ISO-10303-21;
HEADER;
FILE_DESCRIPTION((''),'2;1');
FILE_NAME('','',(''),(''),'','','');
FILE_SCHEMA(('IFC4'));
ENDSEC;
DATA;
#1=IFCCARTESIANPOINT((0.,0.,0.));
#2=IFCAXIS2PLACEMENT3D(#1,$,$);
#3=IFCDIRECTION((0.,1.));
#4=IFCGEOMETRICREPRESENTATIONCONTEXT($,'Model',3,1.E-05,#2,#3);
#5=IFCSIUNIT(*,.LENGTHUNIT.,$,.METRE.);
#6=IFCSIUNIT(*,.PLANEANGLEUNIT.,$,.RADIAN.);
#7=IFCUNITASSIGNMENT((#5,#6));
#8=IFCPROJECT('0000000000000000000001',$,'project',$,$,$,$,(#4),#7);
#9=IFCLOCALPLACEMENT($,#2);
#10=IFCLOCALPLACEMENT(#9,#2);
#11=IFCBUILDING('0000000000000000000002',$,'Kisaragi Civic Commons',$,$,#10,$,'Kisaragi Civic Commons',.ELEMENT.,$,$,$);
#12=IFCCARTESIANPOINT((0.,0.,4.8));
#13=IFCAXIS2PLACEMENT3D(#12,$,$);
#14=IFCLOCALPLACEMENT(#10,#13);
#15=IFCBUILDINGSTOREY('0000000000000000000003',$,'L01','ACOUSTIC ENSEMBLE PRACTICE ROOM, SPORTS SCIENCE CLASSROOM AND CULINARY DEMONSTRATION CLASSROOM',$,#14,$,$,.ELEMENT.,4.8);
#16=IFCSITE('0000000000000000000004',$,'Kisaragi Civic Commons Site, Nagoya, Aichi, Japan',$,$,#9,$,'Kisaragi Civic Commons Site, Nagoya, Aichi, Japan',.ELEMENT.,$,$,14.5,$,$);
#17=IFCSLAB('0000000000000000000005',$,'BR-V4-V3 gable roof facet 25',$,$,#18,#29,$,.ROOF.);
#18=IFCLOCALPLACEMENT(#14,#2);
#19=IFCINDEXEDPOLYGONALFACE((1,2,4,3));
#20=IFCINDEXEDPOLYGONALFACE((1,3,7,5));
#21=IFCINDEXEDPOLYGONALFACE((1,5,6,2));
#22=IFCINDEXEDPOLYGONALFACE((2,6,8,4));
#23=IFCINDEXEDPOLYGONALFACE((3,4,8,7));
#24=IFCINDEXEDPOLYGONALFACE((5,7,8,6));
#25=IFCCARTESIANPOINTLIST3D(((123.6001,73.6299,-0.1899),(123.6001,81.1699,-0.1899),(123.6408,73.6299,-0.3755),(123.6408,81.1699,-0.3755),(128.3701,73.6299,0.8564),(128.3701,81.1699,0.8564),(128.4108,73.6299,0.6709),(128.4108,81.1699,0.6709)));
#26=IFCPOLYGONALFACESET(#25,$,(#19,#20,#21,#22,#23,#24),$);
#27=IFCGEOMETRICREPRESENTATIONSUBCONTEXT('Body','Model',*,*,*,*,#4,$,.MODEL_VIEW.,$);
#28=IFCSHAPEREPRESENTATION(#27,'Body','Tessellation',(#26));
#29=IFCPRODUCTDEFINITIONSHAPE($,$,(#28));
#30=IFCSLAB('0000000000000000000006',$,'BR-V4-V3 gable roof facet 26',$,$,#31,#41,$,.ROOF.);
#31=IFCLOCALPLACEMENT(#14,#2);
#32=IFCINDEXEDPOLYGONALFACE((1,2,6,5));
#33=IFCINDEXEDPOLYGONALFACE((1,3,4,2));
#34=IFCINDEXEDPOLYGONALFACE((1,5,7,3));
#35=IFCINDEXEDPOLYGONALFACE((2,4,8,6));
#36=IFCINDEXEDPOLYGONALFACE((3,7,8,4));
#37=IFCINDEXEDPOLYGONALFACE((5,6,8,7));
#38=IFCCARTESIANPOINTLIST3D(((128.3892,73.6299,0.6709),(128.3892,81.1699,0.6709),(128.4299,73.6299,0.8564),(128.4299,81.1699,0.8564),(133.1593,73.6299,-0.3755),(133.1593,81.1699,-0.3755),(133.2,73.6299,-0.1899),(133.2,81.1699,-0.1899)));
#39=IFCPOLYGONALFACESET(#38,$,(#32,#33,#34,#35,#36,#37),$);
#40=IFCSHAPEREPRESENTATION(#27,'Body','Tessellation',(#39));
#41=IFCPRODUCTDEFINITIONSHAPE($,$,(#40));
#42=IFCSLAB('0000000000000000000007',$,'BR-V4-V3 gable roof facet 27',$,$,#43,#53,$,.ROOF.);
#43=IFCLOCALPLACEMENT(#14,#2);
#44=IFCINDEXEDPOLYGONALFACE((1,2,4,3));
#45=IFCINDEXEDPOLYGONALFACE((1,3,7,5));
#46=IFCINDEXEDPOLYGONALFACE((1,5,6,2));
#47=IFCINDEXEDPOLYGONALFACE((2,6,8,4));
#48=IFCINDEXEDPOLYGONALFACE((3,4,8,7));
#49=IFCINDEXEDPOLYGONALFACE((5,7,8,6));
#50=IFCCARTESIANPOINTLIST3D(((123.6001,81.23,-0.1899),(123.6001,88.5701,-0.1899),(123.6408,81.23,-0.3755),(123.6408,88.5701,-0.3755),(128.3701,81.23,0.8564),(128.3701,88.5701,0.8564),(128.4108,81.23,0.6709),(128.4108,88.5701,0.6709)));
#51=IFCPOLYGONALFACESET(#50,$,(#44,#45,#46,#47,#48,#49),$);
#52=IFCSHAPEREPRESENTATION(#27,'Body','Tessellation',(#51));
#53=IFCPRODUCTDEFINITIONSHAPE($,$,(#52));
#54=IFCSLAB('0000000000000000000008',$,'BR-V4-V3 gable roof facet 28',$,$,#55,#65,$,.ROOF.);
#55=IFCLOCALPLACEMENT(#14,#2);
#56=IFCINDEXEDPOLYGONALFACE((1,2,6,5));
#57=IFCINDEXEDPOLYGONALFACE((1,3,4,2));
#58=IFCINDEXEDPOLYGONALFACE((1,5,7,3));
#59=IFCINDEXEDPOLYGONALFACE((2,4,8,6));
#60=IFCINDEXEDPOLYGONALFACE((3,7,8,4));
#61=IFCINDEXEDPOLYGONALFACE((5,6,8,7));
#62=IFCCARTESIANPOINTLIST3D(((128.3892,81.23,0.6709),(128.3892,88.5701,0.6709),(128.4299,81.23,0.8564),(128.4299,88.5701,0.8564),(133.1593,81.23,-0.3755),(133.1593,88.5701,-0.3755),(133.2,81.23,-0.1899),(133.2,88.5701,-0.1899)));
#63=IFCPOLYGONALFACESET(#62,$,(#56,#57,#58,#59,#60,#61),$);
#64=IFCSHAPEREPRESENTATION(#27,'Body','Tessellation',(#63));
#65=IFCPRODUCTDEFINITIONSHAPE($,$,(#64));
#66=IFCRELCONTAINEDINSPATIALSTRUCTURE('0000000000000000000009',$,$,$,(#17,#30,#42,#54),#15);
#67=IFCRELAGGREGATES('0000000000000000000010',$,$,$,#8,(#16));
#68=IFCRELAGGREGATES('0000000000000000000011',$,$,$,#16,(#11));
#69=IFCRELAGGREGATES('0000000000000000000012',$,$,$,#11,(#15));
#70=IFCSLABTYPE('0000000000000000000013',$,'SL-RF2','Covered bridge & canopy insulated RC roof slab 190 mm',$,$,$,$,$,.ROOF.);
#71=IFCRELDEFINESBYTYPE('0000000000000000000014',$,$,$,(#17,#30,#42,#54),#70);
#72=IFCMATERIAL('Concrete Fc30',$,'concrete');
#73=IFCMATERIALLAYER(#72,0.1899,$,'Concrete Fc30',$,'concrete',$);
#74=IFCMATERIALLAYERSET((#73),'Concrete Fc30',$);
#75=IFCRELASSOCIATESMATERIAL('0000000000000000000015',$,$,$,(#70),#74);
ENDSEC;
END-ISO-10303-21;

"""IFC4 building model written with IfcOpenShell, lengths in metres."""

from ifc_helpers import new_model, si_unit, direction, frame, origin, place, context, subcontext, project, spatial, polyline, outline, extrude, material, layer, layer_set, type_object, element, save


model = new_model("IFC4")

# Units and contexts
model_context = context("Model", 3, precision=1e-05, world=origin(), true_north=direction((0.0, 1.0)))
body_context = subcontext(model_context, "Body", "Model", "MODEL_VIEW")
ifc_project = project(units=[si_unit("LENGTHUNIT", "METRE"), si_unit("PLANEANGLEUNIT", "RADIAN")], contexts=[model_context])

# Site, building, storey
site_placement = place(None, origin())
site = spatial("IfcSite", under=ifc_project, at=site_placement, Name="Kisaragi Civic Commons Site, Nagoya, Aichi, Japan", LongName="Kisaragi Civic Commons Site, Nagoya, Aichi, Japan", CompositionType="ELEMENT", RefElevation=14.5)
building_placement = place(site_placement, origin())
building = spatial("IfcBuilding", under=site, at=building_placement, Name="Kisaragi Civic Commons", LongName="Kisaragi Civic Commons", CompositionType="ELEMENT")
storey_placement = place(building_placement, frame((0.0, 0.0, 4.8)))
storey = spatial("IfcBuildingStorey", under=building, at=storey_placement, Name="L01", Description="ACOUSTIC ENSEMBLE PRACTICE ROOM, SPORTS SCIENCE CLASSROOM AND CULINARY DEMONSTRATION CLASSROOM", CompositionType="ELEMENT", Elevation=4.8)

# Slabs
ifc_material_1 = material(Name="Concrete Fc30", Category="concrete")
ifc_layer = layer(ifc_material_1, 0.1899, Name="Concrete Fc30", Category="concrete")
ifc_layer_set = layer_set([ifc_layer], Name="Concrete Fc30")
slab_type = type_object("IfcSlabType", Name="SL-RF2", Description="Covered bridge & canopy insulated RC roof slab 190 mm", PredefinedType="ROOF", material=ifc_layer_set)
for number, where, z_axis, x_axis, name in (
    (1, (123.6001, 73.6299, -0.1899), (-0.214272, 0.0, 0.976774), (0.976774, 0.0, 0.214272), "BR-V4-V3 gable roof facet 25"),
    (2, (128.4299, 73.6299, 0.8564), (0.214272, 0.0, 0.976774), (0.976774, 0.0, -0.214272), "BR-V4-V3 gable roof facet 26"),
):
    element("IfcSlab", number, at=place(storey_placement, frame(where, z_axis=z_axis, x_axis=x_axis)), inside=storey, type_object=slab_type, Name=name, PredefinedType="ROOF", context=body_context, shape_type="SweptSolid", body=[
        extrude(outline(polyline([(0.0, 0.0), (4.8834, 0.0), (4.8834, 7.54), (0.0, 7.54), (0.0, 0.0)])), origin(), (0.0, 0.0, -1.0), 0.1899),
    ])
for number, where, z_axis, x_axis, name in (
    (3, (123.6001, 81.23, -0.1899), (-0.214272, 0.0, 0.976774), (0.976774, 0.0, 0.214272), "BR-V4-V3 gable roof facet 27"),
    (4, (128.4299, 81.23, 0.8564), (0.214272, 0.0, 0.976774), (0.976774, 0.0, -0.214272), "BR-V4-V3 gable roof facet 28"),
):
    element("IfcSlab", number, at=place(storey_placement, frame(where, z_axis=z_axis, x_axis=x_axis)), inside=storey, type_object=slab_type, Name=name, PredefinedType="ROOF", context=body_context, shape_type="SweptSolid", body=[
        extrude(outline(polyline([(0.0, 0.0), (4.8834, 0.0), (4.8834, 7.3401), (0.0, 7.3401), (0.0, 0.0)])), origin(), (0.0, 0.0, -1.0), 0.1899),
    ])

save(model, "model.ifc")
